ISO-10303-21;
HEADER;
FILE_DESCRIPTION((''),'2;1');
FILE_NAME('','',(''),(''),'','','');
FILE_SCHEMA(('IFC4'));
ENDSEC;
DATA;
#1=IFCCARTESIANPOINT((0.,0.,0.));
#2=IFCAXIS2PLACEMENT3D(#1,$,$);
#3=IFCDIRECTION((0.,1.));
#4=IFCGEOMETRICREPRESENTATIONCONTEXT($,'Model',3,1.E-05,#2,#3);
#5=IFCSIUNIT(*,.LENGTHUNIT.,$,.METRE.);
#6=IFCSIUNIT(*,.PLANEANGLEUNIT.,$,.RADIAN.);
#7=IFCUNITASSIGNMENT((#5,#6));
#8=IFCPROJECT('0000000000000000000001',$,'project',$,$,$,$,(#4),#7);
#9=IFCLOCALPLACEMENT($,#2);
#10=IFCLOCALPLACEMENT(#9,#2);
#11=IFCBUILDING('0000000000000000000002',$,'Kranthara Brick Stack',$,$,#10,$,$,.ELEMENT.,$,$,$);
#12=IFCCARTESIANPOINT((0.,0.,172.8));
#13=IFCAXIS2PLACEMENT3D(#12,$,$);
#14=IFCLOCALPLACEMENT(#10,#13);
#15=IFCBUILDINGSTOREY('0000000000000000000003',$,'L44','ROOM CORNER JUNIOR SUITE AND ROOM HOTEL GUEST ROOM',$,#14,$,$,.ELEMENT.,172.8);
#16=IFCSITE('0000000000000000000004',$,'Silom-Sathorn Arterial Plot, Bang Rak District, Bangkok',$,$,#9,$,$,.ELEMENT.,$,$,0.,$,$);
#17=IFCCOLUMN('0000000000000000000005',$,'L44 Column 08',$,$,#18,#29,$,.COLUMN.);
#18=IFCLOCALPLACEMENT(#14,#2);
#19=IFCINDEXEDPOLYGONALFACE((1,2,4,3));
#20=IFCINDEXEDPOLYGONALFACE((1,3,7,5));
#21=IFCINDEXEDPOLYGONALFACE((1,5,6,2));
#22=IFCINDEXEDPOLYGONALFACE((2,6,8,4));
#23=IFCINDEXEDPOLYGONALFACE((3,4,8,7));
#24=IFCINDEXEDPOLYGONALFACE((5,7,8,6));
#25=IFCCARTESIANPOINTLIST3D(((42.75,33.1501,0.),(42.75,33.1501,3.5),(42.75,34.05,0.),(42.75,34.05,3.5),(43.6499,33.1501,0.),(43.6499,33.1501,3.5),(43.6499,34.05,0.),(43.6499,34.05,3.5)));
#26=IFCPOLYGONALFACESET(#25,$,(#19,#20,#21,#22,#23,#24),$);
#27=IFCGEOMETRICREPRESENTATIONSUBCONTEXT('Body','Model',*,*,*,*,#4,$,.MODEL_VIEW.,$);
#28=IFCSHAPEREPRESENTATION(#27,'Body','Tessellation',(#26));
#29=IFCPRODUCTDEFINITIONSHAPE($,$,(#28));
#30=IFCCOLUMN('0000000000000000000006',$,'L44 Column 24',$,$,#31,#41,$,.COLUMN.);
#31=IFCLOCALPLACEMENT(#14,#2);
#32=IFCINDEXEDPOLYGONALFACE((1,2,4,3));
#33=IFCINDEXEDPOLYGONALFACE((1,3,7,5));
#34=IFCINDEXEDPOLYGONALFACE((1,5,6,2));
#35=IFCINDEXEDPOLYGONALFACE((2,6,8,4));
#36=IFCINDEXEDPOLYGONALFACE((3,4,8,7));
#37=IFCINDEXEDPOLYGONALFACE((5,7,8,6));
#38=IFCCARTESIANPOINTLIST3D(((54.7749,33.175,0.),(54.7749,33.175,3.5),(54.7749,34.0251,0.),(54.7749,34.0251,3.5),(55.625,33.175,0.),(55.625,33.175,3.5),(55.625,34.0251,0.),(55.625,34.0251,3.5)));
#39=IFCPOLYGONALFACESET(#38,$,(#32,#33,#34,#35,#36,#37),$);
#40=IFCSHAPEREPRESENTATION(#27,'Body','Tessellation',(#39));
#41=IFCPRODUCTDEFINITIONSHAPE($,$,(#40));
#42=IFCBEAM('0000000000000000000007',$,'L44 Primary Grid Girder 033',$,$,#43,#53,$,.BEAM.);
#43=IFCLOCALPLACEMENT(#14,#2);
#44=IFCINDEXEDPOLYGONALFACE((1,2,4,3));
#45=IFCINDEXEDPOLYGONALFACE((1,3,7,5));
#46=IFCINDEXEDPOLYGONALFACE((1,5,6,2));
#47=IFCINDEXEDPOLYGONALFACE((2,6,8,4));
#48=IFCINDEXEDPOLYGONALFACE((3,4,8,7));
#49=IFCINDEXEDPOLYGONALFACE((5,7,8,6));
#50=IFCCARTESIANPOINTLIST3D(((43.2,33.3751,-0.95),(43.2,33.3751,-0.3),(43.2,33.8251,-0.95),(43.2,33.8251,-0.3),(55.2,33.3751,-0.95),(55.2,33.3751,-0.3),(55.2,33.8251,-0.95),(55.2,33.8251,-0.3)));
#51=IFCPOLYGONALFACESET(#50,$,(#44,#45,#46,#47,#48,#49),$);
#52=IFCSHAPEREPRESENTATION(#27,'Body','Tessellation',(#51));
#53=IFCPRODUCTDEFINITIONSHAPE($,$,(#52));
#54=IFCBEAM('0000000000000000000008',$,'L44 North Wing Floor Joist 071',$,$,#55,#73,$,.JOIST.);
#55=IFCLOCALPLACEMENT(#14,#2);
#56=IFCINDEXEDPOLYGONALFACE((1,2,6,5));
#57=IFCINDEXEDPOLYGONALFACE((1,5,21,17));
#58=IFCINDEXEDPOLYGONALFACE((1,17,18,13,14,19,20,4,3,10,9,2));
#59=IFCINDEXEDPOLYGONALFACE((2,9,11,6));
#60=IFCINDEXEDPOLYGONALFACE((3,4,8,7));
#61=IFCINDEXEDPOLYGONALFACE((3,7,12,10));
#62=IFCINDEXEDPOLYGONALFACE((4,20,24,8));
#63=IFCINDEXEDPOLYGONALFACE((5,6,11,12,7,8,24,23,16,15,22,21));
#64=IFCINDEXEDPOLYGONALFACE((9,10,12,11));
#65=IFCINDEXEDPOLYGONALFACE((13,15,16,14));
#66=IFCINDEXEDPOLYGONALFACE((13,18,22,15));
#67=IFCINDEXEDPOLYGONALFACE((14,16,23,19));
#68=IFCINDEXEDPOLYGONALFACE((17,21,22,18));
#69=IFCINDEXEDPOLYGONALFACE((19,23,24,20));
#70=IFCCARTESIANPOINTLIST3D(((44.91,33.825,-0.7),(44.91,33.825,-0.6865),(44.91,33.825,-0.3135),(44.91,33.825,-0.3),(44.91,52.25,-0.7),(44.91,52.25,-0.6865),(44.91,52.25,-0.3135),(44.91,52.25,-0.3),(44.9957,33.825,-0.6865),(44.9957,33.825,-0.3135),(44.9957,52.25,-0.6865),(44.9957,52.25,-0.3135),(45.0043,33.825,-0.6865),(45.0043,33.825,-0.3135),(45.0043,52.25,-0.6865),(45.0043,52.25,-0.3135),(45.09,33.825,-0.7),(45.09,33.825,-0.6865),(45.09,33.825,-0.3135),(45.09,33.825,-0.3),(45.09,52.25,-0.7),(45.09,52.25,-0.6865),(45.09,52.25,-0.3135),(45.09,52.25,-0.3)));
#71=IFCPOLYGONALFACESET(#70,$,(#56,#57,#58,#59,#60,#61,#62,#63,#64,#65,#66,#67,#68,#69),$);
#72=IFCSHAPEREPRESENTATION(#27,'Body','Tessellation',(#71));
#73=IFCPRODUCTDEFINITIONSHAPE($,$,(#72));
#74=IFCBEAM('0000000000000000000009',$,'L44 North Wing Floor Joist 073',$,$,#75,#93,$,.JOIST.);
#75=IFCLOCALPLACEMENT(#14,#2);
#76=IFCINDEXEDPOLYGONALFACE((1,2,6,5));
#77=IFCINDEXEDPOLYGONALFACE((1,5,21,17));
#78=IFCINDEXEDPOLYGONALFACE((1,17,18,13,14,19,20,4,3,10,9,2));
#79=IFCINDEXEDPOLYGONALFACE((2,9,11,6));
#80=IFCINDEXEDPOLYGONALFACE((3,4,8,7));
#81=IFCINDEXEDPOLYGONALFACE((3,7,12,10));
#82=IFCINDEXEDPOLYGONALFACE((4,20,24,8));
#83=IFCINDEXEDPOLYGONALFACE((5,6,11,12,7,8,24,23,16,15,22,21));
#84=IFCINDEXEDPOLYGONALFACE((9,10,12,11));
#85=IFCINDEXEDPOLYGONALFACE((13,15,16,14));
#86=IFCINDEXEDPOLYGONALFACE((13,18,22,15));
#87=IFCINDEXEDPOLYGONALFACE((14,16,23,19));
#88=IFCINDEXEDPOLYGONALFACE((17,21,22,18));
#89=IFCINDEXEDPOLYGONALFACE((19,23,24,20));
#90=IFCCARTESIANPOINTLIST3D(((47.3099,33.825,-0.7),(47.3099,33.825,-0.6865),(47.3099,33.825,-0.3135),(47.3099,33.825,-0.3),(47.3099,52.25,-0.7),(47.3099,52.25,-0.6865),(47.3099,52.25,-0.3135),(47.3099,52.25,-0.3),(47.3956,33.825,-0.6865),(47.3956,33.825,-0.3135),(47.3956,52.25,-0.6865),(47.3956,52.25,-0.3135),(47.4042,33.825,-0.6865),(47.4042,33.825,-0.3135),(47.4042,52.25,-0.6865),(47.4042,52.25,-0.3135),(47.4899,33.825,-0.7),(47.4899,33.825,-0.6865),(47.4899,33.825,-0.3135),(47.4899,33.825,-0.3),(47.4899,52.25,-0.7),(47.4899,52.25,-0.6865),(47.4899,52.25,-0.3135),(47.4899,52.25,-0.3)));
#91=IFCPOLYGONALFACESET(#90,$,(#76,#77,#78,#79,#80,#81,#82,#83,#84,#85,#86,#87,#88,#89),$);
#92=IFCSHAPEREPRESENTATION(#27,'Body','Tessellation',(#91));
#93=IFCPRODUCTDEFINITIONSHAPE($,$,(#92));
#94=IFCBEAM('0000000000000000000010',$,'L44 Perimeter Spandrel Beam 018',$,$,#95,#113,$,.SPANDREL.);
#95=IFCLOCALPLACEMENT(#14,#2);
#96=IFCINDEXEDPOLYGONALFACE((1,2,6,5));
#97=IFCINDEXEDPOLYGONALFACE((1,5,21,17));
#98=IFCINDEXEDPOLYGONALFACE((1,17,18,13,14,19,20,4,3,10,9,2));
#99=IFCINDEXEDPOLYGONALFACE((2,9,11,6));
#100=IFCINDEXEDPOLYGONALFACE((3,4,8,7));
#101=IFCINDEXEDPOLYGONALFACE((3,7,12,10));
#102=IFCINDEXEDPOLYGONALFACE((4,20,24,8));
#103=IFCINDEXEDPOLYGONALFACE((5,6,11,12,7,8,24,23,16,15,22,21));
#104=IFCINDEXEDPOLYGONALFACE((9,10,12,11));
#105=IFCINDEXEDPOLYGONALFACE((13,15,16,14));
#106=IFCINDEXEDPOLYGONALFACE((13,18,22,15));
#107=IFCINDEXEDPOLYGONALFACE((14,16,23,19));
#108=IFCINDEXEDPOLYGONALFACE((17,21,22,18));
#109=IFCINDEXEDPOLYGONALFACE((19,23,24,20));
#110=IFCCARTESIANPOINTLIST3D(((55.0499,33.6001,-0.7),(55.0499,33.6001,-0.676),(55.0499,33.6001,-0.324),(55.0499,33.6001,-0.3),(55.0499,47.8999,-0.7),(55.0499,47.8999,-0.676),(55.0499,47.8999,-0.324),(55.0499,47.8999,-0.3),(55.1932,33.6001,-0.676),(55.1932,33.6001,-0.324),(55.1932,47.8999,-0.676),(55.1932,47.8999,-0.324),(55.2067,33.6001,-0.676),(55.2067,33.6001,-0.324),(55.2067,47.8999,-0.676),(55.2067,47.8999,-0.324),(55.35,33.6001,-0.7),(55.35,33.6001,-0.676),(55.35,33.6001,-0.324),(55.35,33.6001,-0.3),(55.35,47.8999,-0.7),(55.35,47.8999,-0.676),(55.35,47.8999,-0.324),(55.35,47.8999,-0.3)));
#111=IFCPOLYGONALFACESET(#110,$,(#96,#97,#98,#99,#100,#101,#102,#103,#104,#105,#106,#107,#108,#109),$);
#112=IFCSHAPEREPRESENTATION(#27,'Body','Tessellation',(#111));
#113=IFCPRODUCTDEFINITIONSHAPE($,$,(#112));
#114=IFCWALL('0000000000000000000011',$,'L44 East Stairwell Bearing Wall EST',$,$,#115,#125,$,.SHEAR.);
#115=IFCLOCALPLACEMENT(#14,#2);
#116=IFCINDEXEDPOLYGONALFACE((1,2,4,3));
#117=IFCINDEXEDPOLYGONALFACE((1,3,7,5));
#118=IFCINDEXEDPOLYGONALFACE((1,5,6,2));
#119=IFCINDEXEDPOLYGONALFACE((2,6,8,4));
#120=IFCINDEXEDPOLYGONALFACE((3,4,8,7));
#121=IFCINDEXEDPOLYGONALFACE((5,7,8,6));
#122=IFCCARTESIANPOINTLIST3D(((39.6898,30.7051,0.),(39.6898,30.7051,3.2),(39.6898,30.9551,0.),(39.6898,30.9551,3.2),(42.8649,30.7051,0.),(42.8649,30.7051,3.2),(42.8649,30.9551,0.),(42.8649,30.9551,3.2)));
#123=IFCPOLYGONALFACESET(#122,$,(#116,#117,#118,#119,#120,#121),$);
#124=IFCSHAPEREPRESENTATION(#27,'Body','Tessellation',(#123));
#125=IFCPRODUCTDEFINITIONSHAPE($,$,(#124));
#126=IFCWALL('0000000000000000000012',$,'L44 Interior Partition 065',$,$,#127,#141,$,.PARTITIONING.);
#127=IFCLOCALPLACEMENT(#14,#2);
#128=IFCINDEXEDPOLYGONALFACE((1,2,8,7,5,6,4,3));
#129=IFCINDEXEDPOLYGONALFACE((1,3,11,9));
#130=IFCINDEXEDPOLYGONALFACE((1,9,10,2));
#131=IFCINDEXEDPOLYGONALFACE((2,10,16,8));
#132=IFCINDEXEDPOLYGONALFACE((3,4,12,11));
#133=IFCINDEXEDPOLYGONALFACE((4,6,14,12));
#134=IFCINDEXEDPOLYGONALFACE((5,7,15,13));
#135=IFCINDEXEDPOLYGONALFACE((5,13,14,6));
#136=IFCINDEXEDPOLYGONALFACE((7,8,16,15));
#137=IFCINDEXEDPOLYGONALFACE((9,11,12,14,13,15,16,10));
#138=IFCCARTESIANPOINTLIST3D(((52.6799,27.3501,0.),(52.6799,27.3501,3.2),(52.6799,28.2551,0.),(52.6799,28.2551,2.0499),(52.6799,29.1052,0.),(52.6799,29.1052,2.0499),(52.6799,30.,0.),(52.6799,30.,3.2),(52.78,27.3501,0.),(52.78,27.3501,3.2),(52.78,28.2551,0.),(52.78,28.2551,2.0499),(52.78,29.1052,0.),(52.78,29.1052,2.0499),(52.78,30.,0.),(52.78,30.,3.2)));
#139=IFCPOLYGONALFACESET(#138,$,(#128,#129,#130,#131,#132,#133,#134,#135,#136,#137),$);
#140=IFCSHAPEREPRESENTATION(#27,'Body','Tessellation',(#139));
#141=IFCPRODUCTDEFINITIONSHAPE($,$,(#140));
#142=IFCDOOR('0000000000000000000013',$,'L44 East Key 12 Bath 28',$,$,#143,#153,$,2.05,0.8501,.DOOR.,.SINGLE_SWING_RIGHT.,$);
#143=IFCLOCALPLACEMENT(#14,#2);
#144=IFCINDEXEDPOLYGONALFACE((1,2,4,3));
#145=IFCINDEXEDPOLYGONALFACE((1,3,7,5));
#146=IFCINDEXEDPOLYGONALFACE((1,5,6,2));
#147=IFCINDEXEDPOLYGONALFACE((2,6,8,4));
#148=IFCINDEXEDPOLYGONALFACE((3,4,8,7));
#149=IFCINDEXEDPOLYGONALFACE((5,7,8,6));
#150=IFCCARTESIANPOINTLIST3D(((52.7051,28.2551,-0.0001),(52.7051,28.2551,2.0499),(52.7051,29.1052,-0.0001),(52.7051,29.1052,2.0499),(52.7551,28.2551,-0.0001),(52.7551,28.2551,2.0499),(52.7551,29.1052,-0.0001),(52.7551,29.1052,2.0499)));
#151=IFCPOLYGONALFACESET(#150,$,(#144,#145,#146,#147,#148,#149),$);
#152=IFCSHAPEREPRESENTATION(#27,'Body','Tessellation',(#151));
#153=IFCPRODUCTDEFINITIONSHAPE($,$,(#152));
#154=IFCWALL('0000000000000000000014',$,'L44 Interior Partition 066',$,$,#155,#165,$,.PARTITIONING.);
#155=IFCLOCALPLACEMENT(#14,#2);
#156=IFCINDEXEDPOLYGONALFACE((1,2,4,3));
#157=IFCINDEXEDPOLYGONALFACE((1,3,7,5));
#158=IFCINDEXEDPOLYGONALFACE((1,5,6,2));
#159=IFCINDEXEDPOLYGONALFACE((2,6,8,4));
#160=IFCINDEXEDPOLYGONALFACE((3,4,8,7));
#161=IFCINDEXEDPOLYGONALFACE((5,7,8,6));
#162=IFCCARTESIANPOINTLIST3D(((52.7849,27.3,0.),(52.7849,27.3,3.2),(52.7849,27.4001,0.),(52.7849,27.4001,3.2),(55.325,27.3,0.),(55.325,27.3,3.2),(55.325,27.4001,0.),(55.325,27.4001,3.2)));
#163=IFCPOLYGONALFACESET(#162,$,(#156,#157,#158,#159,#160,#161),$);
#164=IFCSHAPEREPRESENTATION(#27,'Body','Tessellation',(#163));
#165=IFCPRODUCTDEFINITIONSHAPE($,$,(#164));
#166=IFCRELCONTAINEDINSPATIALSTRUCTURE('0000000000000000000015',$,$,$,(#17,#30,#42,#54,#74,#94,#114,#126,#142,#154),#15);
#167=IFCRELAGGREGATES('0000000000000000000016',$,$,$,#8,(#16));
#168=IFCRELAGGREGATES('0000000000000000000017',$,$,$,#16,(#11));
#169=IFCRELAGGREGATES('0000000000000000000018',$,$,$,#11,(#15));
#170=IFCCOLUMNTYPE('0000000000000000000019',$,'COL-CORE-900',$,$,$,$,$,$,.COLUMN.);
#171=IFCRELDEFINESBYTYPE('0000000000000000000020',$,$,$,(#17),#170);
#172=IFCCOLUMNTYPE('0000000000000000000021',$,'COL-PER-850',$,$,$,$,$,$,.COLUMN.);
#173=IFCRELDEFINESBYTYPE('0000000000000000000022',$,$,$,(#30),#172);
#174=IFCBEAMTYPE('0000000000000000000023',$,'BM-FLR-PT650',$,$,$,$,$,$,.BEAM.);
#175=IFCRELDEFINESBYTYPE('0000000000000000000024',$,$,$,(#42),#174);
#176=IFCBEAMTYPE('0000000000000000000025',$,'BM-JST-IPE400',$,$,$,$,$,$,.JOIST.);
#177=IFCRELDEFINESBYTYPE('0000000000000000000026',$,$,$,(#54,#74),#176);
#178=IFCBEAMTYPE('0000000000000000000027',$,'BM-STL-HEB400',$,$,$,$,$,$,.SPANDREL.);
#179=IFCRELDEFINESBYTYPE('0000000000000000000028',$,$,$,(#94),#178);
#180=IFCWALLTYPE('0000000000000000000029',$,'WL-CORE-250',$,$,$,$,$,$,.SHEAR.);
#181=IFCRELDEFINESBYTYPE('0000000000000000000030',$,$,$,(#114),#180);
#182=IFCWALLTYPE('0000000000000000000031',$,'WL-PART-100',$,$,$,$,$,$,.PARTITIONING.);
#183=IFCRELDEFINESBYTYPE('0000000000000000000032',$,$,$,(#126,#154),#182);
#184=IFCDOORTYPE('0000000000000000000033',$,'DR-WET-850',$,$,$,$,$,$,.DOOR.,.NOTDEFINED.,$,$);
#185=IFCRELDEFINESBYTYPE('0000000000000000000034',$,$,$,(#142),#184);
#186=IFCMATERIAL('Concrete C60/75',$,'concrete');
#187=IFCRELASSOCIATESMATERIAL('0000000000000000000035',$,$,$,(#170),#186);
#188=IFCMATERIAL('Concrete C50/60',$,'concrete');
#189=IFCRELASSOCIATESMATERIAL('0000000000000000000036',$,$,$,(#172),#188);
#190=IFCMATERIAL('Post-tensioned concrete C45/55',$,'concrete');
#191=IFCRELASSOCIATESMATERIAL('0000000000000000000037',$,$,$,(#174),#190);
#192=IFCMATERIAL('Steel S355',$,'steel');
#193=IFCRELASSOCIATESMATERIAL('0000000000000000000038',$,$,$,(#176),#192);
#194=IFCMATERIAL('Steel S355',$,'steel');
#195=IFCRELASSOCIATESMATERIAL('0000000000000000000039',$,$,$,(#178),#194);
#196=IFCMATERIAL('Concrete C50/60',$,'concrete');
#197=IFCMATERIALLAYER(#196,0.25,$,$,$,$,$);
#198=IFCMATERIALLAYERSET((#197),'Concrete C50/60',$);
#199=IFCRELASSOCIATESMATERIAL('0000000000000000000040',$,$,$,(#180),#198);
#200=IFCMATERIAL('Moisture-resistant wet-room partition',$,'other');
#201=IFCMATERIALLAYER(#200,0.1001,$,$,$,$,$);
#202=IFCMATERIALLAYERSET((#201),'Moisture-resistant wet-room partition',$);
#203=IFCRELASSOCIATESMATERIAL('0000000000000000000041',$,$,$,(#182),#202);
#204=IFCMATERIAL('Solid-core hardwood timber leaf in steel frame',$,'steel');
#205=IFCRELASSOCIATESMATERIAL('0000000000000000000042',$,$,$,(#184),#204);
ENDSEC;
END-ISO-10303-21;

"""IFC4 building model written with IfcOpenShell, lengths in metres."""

from ifc_helpers import new_model, si_unit, direction, frame, frame_2d, origin, origin_2d, place, context, subcontext, project, spatial, rectangle, i_section, extrude, material, layer, layer_set, material_profile, profile_set, type_object, element, fill, save


model = new_model("IFC4")

# Units and contexts
model_context = context("Model", 3, precision=1e-05, world=origin(), true_north=direction((0.0, 1.0)))
body_context = subcontext(model_context, "Body", "Model", "MODEL_VIEW")
ifc_project = project(units=[si_unit("LENGTHUNIT", "METRE"), si_unit("PLANEANGLEUNIT", "RADIAN")], contexts=[model_context])

# Site, building, storey
site_placement = place(None, origin())
site = spatial("IfcSite", under=ifc_project, at=site_placement, Name="Silom-Sathorn Arterial Plot, Bang Rak District, Bangkok", CompositionType="ELEMENT", RefElevation=0.0)
building_placement = place(site_placement, origin())
building = spatial("IfcBuilding", under=site, at=building_placement, Name="Kranthara Brick Stack", CompositionType="ELEMENT")
storey_placement = place(building_placement, frame((0.0, 0.0, 172.8)))
storey = spatial("IfcBuildingStorey", under=building, at=storey_placement, Name="L44", Description="ROOM CORNER JUNIOR SUITE AND ROOM HOTEL GUEST ROOM", CompositionType="ELEMENT", Elevation=172.8)

# Columns
ifc_material_1 = material(Name="Concrete C60/75", Category="concrete")
ifc_material_profile_1 = material_profile(ifc_material_1, rectangle(XDim=0.8999, YDim=0.8999, at=origin_2d()), Name="RC 900x900")
ifc_profile_set_1 = profile_set([ifc_material_profile_1], Name="Concrete C60/75")
column_type_1 = type_object("IfcColumnType", Name="COL-CORE-900", PredefinedType="COLUMN", material=ifc_profile_set_1)
column_1_placement = place(storey_placement, frame((43.2, 33.6001, 0.0), z_axis=(0.0, 0.0, 1.0), x_axis=(1.0, 0.0, 0.0)))
element("IfcColumn", 1, at=column_1_placement, inside=storey, type_object=column_type_1, Name="L44 Column 08", PredefinedType="COLUMN", context=body_context, shape_type="SweptSolid", body=[
    extrude(rectangle(XDim=0.8999, YDim=0.8999, at=origin_2d()), origin(), (0.0, 0.0, 1.0), 3.5),
])
ifc_material_2 = material(Name="Concrete C50/60", Category="concrete")
ifc_material_profile_2 = material_profile(ifc_material_2, rectangle(XDim=0.8501, YDim=0.8501, at=origin_2d()), Name="RC 850x850")
ifc_profile_set_2 = profile_set([ifc_material_profile_2], Name="Concrete C50/60")
column_type_2 = type_object("IfcColumnType", Name="COL-PER-850", PredefinedType="COLUMN", material=ifc_profile_set_2)
column_2_placement = place(storey_placement, frame((55.2, 33.6001, 0.0), z_axis=(0.0, 0.0, 1.0), x_axis=(1.0, 0.0, 0.0)))
element("IfcColumn", 2, at=column_2_placement, inside=storey, type_object=column_type_2, Name="L44 Column 24", PredefinedType="COLUMN", context=body_context, shape_type="SweptSolid", body=[
    extrude(rectangle(XDim=0.8501, YDim=0.8501, at=origin_2d()), origin(), (0.0, 0.0, 1.0), 3.5),
])

# Beams
ifc_material_3 = material(Name="Post-tensioned concrete C45/55", Category="concrete")
ifc_material_profile_3 = material_profile(ifc_material_3, rectangle(XDim=0.45, YDim=0.6499, at=origin_2d()), Name="PT 450x650")
ifc_profile_set_3 = profile_set([ifc_material_profile_3], Name="Post-tensioned concrete C45/55")
beam_type_1 = type_object("IfcBeamType", Name="BM-FLR-PT650", PredefinedType="BEAM", material=ifc_profile_set_3)
beam_1_placement = place(storey_placement, frame((43.2, 33.6001, -0.625), z_axis=(1.0, 0.0, 0.0), x_axis=(0.0, 1.0, 0.0)))
element("IfcBeam", 3, at=beam_1_placement, inside=storey, type_object=beam_type_1, Name="L44 Primary Grid Girder 033", PredefinedType="BEAM", context=body_context, shape_type="SweptSolid", body=[
    extrude(rectangle(XDim=0.45, YDim=0.6499, at=origin_2d()), origin(), (0.0, 0.0, 1.0), 12.0),
])
ifc_material_4 = material(Name="Steel S355", Category="steel")
ifc_material_profile_4 = material_profile(ifc_material_4, i_section(OverallWidth=0.1799, OverallDepth=0.3999, WebThickness=0.0085, FlangeThickness=0.0134, at=origin_2d()), Name="IPE 400")
ifc_profile_set_4 = profile_set([ifc_material_profile_4], Name="Steel S355")
beam_type_2 = type_object("IfcBeamType", Name="BM-JST-IPE400", PredefinedType="JOIST", material=ifc_profile_set_4)
for number, where, z_axis, x_axis, name in (
    (4, (45.0, 33.825, -0.5), (0.0, 1.0, 0.0), (-1.0, 0.0, 0.0), "L44 North Wing Floor Joist 071"),
    (5, (47.3999, 33.825, -0.5), (0.0, 1.0, 0.0), (-1.0, 0.0, 0.0), "L44 North Wing Floor Joist 073"),
):
    element("IfcBeam", number, at=place(storey_placement, frame(where, z_axis=z_axis, x_axis=x_axis)), inside=storey, type_object=beam_type_2, Name=name, PredefinedType="JOIST", context=body_context, shape_type="SweptSolid", body=[
        extrude(i_section(OverallWidth=0.1799, OverallDepth=0.3999, WebThickness=0.0085, FlangeThickness=0.0134, at=origin_2d()), origin(), (0.0, 0.0, 1.0), 18.425),
    ])
ifc_material_5 = material(Name="Steel S355", Category="steel")
ifc_material_profile_5 = material_profile(ifc_material_5, i_section(OverallWidth=0.3, OverallDepth=0.3999, WebThickness=0.0134, FlangeThickness=0.0239, at=origin_2d()), Name="HEB 400")
ifc_profile_set_5 = profile_set([ifc_material_profile_5], Name="Steel S355")
beam_type_3 = type_object("IfcBeamType", Name="BM-STL-HEB400", PredefinedType="SPANDREL", material=ifc_profile_set_5)
beam_2_placement = place(storey_placement, frame((55.2, 33.6001, -0.5), z_axis=(0.0, 1.0, 0.0), x_axis=(-1.0, 0.0, 0.0)))
element("IfcBeam", 6, at=beam_2_placement, inside=storey, type_object=beam_type_3, Name="L44 Perimeter Spandrel Beam 018", PredefinedType="SPANDREL", context=body_context, shape_type="SweptSolid", body=[
    extrude(i_section(OverallWidth=0.3, OverallDepth=0.3999, WebThickness=0.0134, FlangeThickness=0.0239, at=origin_2d()), origin(), (0.0, 0.0, 1.0), 14.2998),
])

# Wall
ifc_material_6 = material(Name="Concrete C50/60", Category="concrete")
ifc_layer_1 = layer(ifc_material_6, 0.25)
ifc_layer_set_1 = layer_set([ifc_layer_1], Name="Concrete C50/60")
wall_type_1 = type_object("IfcWallType", Name="WL-CORE-250", PredefinedType="SHEAR", material=ifc_layer_set_1)
wall_1_placement = place(storey_placement, frame((39.6899, 30.8301, 0.0), z_axis=(0.0, 0.0, 1.0), x_axis=(1.0, 0.0, 0.0)))
element("IfcWall", 7, at=wall_1_placement, inside=storey, type_object=wall_type_1, Name="L44 East Stairwell Bearing Wall EST", PredefinedType="SHEAR", context=body_context, shape_type="SweptSolid", body=[
    extrude(rectangle(XDim=3.175, YDim=0.25, at=frame_2d((1.5874, 0.0))), origin(), (0.0, 0.0, 1.0), 3.2),
])

# Wall, opening, door
ifc_material_7 = material(Name="Moisture-resistant wet-room partition", Category="other")
ifc_layer_2 = layer(ifc_material_7, 0.1001)
ifc_layer_set_2 = layer_set([ifc_layer_2], Name="Moisture-resistant wet-room partition")
wall_type_2 = type_object("IfcWallType", Name="WL-PART-100", PredefinedType="PARTITIONING", material=ifc_layer_set_2)
wall_2_placement = place(storey_placement, frame((52.73, 27.3501, 0.0), z_axis=(0.0, 0.0, 1.0), x_axis=(0.0, 1.0, 0.0)))
wall_2 = element("IfcWall", 8, at=wall_2_placement, inside=storey, type_object=wall_type_2, Name="L44 Interior Partition 065", PredefinedType="PARTITIONING", context=body_context, shape_type="SweptSolid", body=[
    extrude(rectangle(XDim=2.6499, YDim=0.1001, at=frame_2d((1.325, 0.0))), origin(), (0.0, 0.0, 1.0), 3.2),
])
opening_1_placement = place(wall_2_placement, frame((0.905, 0.0, 0.0)))
opening_1 = element("IfcOpeningElement", 9, at=opening_1_placement, cuts=wall_2, PredefinedType="OPENING", context=body_context, shape_type="SweptSolid", body=[
    extrude(rectangle(XDim=0.8501, YDim=2.05, at=frame_2d((0.425, 1.0249))), frame((0.0, 0.0601, 0.0), z_axis=(0.0, -1.0, 0.0), x_axis=(1.0, 0.0, 0.0)), (0.0, 0.0, 1.0), 0.1201),
])
ifc_material_8 = material(Name="Solid-core hardwood timber leaf in steel frame", Category="steel")
door_type_1 = type_object("IfcDoorType", Name="DR-WET-850", OperationType="NOTDEFINED", PredefinedType="DOOR", material=ifc_material_8)
door_1_placement = place(opening_1_placement, origin())
door_1 = element("IfcDoor", 10, at=door_1_placement, inside=storey, type_object=door_type_1, Name="L44 East Key 12 Bath 28", OperationType="SINGLE_SWING_RIGHT", OverallHeight=2.05, OverallWidth=0.8501, PredefinedType="DOOR", context=body_context, shape_type="SweptSolid", body=[
    extrude(rectangle(XDim=0.8501, YDim=2.05, at=frame_2d((0.425, 1.0249))), frame((0.0, 0.0249, 0.0), z_axis=(0.0, -1.0, 0.0), x_axis=(1.0, 0.0, 0.0)), (0.0, 0.0, 1.0), 0.05),
])
fill(opening_1, door_1)

# Wall
wall_3_placement = place(storey_placement, frame((52.7849, 27.3501, 0.0), z_axis=(0.0, 0.0, 1.0), x_axis=(1.0, 0.0, 0.0)))
element("IfcWall", 11, at=wall_3_placement, inside=storey, type_object=wall_type_2, Name="L44 Interior Partition 066", PredefinedType="PARTITIONING", context=body_context, shape_type="SweptSolid", body=[
    extrude(rectangle(XDim=2.54, YDim=0.1001, at=frame_2d((1.27, 0.0))), origin(), (0.0, 0.0, 1.0), 3.2),
])

save(model, "model.ifc")
